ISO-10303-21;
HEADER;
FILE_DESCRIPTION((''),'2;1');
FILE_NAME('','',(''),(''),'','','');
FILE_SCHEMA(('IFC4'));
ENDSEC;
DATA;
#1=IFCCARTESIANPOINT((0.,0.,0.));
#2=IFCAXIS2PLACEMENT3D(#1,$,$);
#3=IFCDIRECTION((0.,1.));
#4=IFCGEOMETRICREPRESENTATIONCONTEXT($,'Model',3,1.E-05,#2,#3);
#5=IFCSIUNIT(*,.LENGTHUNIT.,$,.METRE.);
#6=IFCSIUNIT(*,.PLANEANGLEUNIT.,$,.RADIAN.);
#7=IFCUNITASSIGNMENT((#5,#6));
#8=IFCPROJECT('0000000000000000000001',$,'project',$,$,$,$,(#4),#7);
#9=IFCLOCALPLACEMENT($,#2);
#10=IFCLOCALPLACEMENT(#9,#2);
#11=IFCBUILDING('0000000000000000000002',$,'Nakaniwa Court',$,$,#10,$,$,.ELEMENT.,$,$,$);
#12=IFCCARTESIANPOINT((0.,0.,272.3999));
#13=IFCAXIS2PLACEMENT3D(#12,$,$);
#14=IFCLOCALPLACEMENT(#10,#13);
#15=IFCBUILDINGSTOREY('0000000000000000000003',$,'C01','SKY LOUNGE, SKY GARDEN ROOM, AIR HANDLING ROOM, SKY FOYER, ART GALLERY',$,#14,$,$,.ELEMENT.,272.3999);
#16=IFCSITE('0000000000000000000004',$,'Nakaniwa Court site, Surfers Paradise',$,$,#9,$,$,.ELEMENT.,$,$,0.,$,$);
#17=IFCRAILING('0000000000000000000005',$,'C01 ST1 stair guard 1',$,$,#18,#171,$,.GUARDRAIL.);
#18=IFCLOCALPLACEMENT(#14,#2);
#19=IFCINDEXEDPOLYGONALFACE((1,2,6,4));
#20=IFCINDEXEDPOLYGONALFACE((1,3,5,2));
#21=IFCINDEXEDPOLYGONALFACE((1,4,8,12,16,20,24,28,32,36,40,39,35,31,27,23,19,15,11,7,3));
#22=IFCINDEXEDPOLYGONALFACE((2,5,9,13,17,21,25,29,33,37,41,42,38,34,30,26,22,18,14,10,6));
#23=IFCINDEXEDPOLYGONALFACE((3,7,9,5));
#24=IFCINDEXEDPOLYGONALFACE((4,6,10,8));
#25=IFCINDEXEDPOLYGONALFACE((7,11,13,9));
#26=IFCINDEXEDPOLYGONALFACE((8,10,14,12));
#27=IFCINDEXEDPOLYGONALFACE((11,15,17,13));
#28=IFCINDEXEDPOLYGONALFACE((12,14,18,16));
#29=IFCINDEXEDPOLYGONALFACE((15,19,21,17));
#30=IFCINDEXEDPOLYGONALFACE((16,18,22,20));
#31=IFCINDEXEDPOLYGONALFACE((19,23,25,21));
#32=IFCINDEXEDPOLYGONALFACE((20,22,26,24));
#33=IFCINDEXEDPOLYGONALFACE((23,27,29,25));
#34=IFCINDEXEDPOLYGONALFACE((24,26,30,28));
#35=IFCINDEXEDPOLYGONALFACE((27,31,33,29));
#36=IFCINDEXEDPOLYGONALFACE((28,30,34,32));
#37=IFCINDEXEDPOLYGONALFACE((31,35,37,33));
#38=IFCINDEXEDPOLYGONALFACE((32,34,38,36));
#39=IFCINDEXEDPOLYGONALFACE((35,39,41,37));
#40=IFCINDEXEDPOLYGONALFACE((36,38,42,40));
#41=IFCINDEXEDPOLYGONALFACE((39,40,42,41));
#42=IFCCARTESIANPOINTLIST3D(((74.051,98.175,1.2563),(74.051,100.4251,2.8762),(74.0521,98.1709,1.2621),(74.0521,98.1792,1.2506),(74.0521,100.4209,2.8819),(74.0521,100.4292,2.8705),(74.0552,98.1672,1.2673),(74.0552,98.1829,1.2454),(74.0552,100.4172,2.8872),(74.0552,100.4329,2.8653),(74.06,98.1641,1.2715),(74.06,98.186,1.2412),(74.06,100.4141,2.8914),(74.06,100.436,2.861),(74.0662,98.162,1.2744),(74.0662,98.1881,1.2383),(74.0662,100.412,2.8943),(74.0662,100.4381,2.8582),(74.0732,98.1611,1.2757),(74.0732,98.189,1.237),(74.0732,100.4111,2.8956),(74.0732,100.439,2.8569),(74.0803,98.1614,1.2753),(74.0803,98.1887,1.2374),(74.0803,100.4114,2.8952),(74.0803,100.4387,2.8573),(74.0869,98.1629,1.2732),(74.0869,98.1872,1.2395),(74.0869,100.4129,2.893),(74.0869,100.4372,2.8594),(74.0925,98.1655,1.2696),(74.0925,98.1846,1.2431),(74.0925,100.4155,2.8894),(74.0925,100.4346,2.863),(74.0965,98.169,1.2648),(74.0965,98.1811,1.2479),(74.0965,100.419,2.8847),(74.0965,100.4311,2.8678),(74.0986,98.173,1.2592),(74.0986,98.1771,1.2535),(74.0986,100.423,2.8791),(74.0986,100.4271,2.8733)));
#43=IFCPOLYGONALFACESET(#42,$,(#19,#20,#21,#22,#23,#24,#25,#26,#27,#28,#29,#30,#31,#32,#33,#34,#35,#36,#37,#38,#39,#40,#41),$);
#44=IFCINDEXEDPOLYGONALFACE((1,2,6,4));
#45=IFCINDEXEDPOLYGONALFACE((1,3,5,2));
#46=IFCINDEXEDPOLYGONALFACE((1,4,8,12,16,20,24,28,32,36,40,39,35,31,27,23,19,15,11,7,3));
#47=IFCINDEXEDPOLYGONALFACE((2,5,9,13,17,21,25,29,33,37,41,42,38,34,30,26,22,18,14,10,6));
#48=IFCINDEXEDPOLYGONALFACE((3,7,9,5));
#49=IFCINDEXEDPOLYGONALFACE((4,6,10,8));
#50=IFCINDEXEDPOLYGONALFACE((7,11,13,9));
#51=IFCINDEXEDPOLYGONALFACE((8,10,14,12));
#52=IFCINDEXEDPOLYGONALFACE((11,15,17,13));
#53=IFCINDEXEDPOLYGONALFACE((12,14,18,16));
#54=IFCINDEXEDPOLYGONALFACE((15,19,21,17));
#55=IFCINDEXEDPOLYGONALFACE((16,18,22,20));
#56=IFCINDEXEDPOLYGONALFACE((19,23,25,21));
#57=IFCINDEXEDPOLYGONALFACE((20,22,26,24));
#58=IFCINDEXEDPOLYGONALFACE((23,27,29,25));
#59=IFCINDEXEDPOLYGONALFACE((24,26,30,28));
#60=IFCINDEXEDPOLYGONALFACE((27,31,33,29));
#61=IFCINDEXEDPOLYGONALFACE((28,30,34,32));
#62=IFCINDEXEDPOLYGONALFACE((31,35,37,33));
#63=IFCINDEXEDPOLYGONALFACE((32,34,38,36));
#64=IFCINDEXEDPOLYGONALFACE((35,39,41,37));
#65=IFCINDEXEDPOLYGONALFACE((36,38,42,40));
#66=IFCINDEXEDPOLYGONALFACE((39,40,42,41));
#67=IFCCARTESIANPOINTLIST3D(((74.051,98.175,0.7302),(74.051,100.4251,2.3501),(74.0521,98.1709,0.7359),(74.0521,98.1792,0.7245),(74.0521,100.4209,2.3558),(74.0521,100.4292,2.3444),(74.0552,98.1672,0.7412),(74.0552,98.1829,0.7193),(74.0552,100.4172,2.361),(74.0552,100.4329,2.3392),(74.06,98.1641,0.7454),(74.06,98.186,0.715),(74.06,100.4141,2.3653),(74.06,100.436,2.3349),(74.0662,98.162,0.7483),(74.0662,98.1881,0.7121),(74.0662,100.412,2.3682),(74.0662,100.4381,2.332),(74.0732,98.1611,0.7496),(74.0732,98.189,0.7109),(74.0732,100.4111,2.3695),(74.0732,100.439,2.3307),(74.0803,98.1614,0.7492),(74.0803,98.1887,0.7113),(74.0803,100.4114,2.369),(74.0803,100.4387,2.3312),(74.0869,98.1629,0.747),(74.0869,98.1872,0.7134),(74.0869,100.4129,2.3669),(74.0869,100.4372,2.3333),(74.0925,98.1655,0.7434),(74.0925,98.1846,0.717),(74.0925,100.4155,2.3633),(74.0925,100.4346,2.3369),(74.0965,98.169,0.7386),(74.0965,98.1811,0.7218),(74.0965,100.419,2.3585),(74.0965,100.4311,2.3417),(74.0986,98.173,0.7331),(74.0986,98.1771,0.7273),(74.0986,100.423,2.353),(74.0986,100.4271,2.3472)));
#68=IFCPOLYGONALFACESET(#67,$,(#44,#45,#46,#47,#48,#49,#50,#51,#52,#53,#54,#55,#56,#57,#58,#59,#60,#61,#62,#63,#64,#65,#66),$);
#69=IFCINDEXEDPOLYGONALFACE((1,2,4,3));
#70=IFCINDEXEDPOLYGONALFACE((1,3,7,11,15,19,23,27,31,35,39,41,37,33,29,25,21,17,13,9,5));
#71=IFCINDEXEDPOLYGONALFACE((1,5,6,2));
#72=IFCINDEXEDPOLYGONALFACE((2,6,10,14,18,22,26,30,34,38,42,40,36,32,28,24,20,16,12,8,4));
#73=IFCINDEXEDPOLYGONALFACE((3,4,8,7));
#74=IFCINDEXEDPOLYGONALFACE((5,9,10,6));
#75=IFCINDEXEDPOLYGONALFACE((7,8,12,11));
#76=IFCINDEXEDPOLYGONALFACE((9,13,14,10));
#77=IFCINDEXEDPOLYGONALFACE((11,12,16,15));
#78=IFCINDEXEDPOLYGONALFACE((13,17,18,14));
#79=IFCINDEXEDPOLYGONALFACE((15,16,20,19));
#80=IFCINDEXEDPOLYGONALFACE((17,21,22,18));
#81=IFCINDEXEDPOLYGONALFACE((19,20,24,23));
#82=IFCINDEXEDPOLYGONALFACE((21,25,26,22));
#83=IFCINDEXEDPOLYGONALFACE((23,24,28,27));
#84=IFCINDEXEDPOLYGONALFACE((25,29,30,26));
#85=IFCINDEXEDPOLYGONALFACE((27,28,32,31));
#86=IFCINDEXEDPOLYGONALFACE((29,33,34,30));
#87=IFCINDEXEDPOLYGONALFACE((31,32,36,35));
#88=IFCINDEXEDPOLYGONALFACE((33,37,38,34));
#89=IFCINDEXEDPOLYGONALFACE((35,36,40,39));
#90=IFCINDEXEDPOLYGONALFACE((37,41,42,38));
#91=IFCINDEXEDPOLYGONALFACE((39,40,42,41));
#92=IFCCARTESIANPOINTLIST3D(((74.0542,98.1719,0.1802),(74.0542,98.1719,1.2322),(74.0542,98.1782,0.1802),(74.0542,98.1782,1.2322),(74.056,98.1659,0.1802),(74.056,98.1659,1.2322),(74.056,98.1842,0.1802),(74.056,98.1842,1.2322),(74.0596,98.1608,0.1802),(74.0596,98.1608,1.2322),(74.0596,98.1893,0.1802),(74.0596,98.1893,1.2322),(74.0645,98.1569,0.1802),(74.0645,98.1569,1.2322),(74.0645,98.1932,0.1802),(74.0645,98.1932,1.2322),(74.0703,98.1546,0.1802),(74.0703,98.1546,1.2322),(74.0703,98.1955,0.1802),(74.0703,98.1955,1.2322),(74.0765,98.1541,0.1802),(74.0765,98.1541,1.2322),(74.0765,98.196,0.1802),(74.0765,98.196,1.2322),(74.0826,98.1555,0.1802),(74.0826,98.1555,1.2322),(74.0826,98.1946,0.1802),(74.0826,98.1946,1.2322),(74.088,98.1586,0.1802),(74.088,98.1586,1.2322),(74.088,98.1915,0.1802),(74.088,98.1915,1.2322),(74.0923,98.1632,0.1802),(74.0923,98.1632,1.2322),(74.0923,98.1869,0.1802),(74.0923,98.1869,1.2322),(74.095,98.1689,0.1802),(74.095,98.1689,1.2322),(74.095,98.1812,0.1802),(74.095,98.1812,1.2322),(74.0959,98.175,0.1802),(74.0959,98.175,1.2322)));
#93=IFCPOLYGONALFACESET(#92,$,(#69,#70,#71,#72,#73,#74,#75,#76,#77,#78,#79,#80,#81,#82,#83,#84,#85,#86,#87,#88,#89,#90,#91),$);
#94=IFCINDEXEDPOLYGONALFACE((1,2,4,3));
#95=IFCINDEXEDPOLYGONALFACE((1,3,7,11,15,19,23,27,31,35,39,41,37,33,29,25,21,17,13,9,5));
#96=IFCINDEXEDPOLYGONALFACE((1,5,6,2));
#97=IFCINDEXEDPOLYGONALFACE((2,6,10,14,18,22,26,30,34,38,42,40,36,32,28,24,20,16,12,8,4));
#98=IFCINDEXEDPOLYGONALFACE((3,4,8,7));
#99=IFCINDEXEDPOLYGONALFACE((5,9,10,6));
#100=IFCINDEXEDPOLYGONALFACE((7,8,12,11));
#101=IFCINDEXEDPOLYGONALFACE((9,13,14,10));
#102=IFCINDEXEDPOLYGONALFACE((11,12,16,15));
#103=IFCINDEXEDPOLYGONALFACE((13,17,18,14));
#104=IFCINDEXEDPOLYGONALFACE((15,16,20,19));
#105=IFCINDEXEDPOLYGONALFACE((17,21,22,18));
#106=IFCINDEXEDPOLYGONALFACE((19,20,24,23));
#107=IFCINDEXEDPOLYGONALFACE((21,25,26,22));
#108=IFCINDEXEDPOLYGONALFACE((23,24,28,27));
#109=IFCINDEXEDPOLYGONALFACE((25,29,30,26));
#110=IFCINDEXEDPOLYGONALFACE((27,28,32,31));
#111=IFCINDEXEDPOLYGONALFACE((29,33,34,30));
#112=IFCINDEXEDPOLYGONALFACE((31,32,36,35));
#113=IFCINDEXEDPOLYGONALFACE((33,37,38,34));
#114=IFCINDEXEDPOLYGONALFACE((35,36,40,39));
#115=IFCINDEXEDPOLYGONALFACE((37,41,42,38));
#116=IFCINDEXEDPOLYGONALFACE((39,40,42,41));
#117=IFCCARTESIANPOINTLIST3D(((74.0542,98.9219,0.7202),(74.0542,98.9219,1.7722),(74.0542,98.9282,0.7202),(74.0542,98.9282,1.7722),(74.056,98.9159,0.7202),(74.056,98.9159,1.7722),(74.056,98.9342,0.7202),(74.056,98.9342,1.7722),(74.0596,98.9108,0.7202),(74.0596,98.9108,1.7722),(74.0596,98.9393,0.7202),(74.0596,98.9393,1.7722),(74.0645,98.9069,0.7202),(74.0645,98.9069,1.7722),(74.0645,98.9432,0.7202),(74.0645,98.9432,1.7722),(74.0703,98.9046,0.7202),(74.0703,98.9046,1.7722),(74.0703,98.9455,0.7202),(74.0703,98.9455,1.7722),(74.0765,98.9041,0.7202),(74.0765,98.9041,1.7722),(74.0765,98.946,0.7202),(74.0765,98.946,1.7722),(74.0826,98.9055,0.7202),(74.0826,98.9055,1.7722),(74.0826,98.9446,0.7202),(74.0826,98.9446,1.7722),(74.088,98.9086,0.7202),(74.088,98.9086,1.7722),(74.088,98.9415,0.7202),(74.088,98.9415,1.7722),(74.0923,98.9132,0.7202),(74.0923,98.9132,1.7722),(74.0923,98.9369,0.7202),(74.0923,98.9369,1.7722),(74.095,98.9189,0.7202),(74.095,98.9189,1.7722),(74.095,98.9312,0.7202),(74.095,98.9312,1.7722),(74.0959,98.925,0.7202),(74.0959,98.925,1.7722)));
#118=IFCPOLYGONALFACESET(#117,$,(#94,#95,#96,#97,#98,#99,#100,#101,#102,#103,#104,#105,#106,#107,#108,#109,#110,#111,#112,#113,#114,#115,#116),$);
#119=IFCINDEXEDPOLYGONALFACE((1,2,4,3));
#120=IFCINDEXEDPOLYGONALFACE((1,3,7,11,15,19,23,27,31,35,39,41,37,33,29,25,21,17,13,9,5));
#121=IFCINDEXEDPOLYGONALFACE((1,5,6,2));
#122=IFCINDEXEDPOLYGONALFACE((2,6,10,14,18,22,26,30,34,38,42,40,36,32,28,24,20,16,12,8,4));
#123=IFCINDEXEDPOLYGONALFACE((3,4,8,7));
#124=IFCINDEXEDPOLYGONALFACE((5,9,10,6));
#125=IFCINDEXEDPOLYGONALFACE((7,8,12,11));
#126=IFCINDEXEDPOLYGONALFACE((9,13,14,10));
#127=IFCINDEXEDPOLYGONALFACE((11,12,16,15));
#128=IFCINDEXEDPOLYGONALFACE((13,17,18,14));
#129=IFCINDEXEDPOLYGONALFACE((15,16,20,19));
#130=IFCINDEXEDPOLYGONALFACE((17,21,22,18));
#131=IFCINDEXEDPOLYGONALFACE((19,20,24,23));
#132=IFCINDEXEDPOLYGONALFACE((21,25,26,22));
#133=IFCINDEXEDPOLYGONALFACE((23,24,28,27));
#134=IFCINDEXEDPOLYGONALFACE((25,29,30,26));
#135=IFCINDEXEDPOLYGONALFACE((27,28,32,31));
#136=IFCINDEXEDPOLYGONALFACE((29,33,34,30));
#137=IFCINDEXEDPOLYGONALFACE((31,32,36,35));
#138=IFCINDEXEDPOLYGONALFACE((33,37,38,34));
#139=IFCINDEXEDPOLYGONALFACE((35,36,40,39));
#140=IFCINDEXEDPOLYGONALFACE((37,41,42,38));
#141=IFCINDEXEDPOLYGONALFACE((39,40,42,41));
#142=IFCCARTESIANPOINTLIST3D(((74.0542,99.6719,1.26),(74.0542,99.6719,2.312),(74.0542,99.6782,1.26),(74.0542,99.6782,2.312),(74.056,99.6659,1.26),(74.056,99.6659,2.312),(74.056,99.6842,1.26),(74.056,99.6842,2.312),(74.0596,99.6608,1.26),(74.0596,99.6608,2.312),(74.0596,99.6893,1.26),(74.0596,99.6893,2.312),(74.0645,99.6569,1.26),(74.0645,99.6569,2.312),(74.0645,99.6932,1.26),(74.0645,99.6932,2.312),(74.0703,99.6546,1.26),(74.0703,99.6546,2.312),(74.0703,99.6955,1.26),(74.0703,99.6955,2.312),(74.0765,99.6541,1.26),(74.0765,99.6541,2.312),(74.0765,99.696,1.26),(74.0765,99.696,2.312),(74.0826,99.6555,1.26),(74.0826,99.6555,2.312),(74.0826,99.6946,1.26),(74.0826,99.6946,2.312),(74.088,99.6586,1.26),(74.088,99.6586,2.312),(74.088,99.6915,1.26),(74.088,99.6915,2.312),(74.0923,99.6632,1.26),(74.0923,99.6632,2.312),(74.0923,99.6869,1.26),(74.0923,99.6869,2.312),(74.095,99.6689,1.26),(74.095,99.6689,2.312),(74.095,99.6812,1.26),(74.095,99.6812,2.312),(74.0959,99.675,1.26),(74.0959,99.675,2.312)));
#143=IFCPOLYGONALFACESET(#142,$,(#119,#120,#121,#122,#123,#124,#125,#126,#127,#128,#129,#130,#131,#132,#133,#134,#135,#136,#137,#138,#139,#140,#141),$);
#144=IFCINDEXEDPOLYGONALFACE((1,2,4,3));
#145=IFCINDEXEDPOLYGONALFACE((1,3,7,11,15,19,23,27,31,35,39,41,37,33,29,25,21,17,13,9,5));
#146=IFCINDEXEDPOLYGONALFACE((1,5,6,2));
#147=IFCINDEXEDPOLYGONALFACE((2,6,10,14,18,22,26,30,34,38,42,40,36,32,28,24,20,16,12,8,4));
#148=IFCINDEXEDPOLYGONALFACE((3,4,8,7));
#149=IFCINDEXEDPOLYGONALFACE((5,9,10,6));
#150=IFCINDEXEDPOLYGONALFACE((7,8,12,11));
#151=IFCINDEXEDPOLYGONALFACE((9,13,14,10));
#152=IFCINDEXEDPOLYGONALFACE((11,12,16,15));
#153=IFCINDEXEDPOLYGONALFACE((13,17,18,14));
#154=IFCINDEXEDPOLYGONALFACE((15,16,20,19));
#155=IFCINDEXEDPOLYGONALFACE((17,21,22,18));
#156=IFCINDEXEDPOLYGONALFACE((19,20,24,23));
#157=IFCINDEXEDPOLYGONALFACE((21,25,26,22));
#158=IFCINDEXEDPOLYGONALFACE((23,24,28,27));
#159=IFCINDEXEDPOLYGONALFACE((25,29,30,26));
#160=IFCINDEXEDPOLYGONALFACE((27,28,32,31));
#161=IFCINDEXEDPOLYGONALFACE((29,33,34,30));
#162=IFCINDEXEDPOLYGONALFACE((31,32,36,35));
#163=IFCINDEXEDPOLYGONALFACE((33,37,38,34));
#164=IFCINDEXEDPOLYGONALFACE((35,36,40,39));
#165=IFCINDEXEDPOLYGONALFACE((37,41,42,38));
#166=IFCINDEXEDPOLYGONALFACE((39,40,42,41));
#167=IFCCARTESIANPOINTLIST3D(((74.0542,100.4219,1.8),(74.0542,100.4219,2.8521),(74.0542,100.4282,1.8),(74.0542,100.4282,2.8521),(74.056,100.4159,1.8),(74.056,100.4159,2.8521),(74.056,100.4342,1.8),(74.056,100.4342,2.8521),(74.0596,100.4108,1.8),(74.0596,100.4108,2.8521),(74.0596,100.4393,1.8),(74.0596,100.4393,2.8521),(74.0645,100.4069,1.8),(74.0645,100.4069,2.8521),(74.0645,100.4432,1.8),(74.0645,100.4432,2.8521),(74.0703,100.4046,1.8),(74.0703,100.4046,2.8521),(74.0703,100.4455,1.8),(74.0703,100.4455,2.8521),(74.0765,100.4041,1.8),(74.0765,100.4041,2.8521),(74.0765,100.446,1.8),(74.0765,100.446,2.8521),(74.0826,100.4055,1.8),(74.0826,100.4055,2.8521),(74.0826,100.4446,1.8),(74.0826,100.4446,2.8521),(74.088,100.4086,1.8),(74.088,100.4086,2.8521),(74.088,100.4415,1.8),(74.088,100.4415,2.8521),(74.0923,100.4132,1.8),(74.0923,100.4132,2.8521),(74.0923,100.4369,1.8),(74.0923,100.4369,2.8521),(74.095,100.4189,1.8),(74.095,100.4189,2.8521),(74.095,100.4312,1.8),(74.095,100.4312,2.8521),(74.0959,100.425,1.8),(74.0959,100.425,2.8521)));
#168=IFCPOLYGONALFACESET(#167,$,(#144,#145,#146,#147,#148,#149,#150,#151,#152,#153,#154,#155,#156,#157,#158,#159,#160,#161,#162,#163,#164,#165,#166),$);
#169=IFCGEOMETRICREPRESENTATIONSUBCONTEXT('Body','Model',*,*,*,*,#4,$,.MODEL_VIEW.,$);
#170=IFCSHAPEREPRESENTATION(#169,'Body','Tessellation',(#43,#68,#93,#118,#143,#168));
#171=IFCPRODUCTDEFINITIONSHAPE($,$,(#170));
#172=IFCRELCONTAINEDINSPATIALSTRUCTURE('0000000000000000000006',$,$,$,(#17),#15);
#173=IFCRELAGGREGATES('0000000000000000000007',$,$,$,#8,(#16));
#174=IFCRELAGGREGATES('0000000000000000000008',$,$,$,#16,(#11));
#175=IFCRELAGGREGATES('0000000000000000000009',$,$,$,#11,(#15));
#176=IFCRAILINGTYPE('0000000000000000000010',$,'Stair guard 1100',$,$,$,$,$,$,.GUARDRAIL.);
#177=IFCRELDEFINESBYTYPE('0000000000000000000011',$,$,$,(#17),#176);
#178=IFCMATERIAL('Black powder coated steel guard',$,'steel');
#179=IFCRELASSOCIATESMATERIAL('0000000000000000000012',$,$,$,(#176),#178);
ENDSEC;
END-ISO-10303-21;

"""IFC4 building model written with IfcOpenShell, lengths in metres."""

from ifc_helpers import new_model, si_unit, direction, frame, origin, origin_2d, place, context, subcontext, project, spatial, circle, extrude, material, type_object, element, save


model = new_model("IFC4")

# Units and contexts
model_context = context("Model", 3, precision=1e-05, world=origin(), true_north=direction((0.0, 1.0)))
body_context = subcontext(model_context, "Body", "Model", "MODEL_VIEW")
ifc_project = project(units=[si_unit("LENGTHUNIT", "METRE"), si_unit("PLANEANGLEUNIT", "RADIAN")], contexts=[model_context])

# Site, building, storey
site_placement = place(None, origin())
site = spatial("IfcSite", under=ifc_project, at=site_placement, Name="Nakaniwa Court site, Surfers Paradise", CompositionType="ELEMENT", RefElevation=0.0)
building_placement = place(site_placement, origin())
building = spatial("IfcBuilding", under=site, at=building_placement, Name="Nakaniwa Court", CompositionType="ELEMENT")
storey_placement = place(building_placement, frame((0.0, 0.0, 272.3999)))
storey = spatial("IfcBuildingStorey", under=building, at=storey_placement, Name="C01", Description="SKY LOUNGE, SKY GARDEN ROOM, AIR HANDLING ROOM, SKY FOYER, ART GALLERY", CompositionType="ELEMENT", Elevation=272.3999)

# Railing
ifc_material_1 = material(Name="Black powder coated steel guard", Category="steel")
railing_type_1 = type_object("IfcRailingType", Name="Stair guard 1100", PredefinedType="GUARDRAIL", material=ifc_material_1)
railing_1_placement = place(storey_placement, frame((74.075, 98.175, 0.1802)))
element("IfcRailing", 1, at=railing_1_placement, inside=storey, type_object=railing_type_1, Name="C01 ST1 stair guard 1", PredefinedType="GUARDRAIL", context=body_context, shape_type="SweptSolid", body=[
    extrude(circle(Radius=0.0239, at=origin_2d()), frame((0.0, 0.0, 1.0762), z_axis=(0.0, 0.811556, 0.584275), x_axis=(-1.0, 0.0, 0.0)), (0.0, 0.0, 1.0), 2.7725),
    extrude(circle(Radius=0.0239, at=origin_2d()), frame((0.0, 0.0, 0.55), z_axis=(0.0, 0.811556, 0.584275), x_axis=(-1.0, 0.0, 0.0)), (0.0, 0.0, 1.0), 2.7725),
    extrude(circle(Radius=0.021, at=origin_2d()), origin(), (0.0, 0.0, 1.0), 1.052),
    extrude(circle(Radius=0.021, at=origin_2d()), frame((0.0, 0.75, 0.54)), (0.0, 0.0, 1.0), 1.052),
    extrude(circle(Radius=0.021, at=origin_2d()), frame((0.0, 1.5, 1.0798)), (0.0, 0.0, 1.0), 1.052),
    extrude(circle(Radius=0.021, at=origin_2d()), frame((0.0, 2.25, 1.6199)), (0.0, 0.0, 1.0), 1.052),
])

save(model, "model.ifc")
